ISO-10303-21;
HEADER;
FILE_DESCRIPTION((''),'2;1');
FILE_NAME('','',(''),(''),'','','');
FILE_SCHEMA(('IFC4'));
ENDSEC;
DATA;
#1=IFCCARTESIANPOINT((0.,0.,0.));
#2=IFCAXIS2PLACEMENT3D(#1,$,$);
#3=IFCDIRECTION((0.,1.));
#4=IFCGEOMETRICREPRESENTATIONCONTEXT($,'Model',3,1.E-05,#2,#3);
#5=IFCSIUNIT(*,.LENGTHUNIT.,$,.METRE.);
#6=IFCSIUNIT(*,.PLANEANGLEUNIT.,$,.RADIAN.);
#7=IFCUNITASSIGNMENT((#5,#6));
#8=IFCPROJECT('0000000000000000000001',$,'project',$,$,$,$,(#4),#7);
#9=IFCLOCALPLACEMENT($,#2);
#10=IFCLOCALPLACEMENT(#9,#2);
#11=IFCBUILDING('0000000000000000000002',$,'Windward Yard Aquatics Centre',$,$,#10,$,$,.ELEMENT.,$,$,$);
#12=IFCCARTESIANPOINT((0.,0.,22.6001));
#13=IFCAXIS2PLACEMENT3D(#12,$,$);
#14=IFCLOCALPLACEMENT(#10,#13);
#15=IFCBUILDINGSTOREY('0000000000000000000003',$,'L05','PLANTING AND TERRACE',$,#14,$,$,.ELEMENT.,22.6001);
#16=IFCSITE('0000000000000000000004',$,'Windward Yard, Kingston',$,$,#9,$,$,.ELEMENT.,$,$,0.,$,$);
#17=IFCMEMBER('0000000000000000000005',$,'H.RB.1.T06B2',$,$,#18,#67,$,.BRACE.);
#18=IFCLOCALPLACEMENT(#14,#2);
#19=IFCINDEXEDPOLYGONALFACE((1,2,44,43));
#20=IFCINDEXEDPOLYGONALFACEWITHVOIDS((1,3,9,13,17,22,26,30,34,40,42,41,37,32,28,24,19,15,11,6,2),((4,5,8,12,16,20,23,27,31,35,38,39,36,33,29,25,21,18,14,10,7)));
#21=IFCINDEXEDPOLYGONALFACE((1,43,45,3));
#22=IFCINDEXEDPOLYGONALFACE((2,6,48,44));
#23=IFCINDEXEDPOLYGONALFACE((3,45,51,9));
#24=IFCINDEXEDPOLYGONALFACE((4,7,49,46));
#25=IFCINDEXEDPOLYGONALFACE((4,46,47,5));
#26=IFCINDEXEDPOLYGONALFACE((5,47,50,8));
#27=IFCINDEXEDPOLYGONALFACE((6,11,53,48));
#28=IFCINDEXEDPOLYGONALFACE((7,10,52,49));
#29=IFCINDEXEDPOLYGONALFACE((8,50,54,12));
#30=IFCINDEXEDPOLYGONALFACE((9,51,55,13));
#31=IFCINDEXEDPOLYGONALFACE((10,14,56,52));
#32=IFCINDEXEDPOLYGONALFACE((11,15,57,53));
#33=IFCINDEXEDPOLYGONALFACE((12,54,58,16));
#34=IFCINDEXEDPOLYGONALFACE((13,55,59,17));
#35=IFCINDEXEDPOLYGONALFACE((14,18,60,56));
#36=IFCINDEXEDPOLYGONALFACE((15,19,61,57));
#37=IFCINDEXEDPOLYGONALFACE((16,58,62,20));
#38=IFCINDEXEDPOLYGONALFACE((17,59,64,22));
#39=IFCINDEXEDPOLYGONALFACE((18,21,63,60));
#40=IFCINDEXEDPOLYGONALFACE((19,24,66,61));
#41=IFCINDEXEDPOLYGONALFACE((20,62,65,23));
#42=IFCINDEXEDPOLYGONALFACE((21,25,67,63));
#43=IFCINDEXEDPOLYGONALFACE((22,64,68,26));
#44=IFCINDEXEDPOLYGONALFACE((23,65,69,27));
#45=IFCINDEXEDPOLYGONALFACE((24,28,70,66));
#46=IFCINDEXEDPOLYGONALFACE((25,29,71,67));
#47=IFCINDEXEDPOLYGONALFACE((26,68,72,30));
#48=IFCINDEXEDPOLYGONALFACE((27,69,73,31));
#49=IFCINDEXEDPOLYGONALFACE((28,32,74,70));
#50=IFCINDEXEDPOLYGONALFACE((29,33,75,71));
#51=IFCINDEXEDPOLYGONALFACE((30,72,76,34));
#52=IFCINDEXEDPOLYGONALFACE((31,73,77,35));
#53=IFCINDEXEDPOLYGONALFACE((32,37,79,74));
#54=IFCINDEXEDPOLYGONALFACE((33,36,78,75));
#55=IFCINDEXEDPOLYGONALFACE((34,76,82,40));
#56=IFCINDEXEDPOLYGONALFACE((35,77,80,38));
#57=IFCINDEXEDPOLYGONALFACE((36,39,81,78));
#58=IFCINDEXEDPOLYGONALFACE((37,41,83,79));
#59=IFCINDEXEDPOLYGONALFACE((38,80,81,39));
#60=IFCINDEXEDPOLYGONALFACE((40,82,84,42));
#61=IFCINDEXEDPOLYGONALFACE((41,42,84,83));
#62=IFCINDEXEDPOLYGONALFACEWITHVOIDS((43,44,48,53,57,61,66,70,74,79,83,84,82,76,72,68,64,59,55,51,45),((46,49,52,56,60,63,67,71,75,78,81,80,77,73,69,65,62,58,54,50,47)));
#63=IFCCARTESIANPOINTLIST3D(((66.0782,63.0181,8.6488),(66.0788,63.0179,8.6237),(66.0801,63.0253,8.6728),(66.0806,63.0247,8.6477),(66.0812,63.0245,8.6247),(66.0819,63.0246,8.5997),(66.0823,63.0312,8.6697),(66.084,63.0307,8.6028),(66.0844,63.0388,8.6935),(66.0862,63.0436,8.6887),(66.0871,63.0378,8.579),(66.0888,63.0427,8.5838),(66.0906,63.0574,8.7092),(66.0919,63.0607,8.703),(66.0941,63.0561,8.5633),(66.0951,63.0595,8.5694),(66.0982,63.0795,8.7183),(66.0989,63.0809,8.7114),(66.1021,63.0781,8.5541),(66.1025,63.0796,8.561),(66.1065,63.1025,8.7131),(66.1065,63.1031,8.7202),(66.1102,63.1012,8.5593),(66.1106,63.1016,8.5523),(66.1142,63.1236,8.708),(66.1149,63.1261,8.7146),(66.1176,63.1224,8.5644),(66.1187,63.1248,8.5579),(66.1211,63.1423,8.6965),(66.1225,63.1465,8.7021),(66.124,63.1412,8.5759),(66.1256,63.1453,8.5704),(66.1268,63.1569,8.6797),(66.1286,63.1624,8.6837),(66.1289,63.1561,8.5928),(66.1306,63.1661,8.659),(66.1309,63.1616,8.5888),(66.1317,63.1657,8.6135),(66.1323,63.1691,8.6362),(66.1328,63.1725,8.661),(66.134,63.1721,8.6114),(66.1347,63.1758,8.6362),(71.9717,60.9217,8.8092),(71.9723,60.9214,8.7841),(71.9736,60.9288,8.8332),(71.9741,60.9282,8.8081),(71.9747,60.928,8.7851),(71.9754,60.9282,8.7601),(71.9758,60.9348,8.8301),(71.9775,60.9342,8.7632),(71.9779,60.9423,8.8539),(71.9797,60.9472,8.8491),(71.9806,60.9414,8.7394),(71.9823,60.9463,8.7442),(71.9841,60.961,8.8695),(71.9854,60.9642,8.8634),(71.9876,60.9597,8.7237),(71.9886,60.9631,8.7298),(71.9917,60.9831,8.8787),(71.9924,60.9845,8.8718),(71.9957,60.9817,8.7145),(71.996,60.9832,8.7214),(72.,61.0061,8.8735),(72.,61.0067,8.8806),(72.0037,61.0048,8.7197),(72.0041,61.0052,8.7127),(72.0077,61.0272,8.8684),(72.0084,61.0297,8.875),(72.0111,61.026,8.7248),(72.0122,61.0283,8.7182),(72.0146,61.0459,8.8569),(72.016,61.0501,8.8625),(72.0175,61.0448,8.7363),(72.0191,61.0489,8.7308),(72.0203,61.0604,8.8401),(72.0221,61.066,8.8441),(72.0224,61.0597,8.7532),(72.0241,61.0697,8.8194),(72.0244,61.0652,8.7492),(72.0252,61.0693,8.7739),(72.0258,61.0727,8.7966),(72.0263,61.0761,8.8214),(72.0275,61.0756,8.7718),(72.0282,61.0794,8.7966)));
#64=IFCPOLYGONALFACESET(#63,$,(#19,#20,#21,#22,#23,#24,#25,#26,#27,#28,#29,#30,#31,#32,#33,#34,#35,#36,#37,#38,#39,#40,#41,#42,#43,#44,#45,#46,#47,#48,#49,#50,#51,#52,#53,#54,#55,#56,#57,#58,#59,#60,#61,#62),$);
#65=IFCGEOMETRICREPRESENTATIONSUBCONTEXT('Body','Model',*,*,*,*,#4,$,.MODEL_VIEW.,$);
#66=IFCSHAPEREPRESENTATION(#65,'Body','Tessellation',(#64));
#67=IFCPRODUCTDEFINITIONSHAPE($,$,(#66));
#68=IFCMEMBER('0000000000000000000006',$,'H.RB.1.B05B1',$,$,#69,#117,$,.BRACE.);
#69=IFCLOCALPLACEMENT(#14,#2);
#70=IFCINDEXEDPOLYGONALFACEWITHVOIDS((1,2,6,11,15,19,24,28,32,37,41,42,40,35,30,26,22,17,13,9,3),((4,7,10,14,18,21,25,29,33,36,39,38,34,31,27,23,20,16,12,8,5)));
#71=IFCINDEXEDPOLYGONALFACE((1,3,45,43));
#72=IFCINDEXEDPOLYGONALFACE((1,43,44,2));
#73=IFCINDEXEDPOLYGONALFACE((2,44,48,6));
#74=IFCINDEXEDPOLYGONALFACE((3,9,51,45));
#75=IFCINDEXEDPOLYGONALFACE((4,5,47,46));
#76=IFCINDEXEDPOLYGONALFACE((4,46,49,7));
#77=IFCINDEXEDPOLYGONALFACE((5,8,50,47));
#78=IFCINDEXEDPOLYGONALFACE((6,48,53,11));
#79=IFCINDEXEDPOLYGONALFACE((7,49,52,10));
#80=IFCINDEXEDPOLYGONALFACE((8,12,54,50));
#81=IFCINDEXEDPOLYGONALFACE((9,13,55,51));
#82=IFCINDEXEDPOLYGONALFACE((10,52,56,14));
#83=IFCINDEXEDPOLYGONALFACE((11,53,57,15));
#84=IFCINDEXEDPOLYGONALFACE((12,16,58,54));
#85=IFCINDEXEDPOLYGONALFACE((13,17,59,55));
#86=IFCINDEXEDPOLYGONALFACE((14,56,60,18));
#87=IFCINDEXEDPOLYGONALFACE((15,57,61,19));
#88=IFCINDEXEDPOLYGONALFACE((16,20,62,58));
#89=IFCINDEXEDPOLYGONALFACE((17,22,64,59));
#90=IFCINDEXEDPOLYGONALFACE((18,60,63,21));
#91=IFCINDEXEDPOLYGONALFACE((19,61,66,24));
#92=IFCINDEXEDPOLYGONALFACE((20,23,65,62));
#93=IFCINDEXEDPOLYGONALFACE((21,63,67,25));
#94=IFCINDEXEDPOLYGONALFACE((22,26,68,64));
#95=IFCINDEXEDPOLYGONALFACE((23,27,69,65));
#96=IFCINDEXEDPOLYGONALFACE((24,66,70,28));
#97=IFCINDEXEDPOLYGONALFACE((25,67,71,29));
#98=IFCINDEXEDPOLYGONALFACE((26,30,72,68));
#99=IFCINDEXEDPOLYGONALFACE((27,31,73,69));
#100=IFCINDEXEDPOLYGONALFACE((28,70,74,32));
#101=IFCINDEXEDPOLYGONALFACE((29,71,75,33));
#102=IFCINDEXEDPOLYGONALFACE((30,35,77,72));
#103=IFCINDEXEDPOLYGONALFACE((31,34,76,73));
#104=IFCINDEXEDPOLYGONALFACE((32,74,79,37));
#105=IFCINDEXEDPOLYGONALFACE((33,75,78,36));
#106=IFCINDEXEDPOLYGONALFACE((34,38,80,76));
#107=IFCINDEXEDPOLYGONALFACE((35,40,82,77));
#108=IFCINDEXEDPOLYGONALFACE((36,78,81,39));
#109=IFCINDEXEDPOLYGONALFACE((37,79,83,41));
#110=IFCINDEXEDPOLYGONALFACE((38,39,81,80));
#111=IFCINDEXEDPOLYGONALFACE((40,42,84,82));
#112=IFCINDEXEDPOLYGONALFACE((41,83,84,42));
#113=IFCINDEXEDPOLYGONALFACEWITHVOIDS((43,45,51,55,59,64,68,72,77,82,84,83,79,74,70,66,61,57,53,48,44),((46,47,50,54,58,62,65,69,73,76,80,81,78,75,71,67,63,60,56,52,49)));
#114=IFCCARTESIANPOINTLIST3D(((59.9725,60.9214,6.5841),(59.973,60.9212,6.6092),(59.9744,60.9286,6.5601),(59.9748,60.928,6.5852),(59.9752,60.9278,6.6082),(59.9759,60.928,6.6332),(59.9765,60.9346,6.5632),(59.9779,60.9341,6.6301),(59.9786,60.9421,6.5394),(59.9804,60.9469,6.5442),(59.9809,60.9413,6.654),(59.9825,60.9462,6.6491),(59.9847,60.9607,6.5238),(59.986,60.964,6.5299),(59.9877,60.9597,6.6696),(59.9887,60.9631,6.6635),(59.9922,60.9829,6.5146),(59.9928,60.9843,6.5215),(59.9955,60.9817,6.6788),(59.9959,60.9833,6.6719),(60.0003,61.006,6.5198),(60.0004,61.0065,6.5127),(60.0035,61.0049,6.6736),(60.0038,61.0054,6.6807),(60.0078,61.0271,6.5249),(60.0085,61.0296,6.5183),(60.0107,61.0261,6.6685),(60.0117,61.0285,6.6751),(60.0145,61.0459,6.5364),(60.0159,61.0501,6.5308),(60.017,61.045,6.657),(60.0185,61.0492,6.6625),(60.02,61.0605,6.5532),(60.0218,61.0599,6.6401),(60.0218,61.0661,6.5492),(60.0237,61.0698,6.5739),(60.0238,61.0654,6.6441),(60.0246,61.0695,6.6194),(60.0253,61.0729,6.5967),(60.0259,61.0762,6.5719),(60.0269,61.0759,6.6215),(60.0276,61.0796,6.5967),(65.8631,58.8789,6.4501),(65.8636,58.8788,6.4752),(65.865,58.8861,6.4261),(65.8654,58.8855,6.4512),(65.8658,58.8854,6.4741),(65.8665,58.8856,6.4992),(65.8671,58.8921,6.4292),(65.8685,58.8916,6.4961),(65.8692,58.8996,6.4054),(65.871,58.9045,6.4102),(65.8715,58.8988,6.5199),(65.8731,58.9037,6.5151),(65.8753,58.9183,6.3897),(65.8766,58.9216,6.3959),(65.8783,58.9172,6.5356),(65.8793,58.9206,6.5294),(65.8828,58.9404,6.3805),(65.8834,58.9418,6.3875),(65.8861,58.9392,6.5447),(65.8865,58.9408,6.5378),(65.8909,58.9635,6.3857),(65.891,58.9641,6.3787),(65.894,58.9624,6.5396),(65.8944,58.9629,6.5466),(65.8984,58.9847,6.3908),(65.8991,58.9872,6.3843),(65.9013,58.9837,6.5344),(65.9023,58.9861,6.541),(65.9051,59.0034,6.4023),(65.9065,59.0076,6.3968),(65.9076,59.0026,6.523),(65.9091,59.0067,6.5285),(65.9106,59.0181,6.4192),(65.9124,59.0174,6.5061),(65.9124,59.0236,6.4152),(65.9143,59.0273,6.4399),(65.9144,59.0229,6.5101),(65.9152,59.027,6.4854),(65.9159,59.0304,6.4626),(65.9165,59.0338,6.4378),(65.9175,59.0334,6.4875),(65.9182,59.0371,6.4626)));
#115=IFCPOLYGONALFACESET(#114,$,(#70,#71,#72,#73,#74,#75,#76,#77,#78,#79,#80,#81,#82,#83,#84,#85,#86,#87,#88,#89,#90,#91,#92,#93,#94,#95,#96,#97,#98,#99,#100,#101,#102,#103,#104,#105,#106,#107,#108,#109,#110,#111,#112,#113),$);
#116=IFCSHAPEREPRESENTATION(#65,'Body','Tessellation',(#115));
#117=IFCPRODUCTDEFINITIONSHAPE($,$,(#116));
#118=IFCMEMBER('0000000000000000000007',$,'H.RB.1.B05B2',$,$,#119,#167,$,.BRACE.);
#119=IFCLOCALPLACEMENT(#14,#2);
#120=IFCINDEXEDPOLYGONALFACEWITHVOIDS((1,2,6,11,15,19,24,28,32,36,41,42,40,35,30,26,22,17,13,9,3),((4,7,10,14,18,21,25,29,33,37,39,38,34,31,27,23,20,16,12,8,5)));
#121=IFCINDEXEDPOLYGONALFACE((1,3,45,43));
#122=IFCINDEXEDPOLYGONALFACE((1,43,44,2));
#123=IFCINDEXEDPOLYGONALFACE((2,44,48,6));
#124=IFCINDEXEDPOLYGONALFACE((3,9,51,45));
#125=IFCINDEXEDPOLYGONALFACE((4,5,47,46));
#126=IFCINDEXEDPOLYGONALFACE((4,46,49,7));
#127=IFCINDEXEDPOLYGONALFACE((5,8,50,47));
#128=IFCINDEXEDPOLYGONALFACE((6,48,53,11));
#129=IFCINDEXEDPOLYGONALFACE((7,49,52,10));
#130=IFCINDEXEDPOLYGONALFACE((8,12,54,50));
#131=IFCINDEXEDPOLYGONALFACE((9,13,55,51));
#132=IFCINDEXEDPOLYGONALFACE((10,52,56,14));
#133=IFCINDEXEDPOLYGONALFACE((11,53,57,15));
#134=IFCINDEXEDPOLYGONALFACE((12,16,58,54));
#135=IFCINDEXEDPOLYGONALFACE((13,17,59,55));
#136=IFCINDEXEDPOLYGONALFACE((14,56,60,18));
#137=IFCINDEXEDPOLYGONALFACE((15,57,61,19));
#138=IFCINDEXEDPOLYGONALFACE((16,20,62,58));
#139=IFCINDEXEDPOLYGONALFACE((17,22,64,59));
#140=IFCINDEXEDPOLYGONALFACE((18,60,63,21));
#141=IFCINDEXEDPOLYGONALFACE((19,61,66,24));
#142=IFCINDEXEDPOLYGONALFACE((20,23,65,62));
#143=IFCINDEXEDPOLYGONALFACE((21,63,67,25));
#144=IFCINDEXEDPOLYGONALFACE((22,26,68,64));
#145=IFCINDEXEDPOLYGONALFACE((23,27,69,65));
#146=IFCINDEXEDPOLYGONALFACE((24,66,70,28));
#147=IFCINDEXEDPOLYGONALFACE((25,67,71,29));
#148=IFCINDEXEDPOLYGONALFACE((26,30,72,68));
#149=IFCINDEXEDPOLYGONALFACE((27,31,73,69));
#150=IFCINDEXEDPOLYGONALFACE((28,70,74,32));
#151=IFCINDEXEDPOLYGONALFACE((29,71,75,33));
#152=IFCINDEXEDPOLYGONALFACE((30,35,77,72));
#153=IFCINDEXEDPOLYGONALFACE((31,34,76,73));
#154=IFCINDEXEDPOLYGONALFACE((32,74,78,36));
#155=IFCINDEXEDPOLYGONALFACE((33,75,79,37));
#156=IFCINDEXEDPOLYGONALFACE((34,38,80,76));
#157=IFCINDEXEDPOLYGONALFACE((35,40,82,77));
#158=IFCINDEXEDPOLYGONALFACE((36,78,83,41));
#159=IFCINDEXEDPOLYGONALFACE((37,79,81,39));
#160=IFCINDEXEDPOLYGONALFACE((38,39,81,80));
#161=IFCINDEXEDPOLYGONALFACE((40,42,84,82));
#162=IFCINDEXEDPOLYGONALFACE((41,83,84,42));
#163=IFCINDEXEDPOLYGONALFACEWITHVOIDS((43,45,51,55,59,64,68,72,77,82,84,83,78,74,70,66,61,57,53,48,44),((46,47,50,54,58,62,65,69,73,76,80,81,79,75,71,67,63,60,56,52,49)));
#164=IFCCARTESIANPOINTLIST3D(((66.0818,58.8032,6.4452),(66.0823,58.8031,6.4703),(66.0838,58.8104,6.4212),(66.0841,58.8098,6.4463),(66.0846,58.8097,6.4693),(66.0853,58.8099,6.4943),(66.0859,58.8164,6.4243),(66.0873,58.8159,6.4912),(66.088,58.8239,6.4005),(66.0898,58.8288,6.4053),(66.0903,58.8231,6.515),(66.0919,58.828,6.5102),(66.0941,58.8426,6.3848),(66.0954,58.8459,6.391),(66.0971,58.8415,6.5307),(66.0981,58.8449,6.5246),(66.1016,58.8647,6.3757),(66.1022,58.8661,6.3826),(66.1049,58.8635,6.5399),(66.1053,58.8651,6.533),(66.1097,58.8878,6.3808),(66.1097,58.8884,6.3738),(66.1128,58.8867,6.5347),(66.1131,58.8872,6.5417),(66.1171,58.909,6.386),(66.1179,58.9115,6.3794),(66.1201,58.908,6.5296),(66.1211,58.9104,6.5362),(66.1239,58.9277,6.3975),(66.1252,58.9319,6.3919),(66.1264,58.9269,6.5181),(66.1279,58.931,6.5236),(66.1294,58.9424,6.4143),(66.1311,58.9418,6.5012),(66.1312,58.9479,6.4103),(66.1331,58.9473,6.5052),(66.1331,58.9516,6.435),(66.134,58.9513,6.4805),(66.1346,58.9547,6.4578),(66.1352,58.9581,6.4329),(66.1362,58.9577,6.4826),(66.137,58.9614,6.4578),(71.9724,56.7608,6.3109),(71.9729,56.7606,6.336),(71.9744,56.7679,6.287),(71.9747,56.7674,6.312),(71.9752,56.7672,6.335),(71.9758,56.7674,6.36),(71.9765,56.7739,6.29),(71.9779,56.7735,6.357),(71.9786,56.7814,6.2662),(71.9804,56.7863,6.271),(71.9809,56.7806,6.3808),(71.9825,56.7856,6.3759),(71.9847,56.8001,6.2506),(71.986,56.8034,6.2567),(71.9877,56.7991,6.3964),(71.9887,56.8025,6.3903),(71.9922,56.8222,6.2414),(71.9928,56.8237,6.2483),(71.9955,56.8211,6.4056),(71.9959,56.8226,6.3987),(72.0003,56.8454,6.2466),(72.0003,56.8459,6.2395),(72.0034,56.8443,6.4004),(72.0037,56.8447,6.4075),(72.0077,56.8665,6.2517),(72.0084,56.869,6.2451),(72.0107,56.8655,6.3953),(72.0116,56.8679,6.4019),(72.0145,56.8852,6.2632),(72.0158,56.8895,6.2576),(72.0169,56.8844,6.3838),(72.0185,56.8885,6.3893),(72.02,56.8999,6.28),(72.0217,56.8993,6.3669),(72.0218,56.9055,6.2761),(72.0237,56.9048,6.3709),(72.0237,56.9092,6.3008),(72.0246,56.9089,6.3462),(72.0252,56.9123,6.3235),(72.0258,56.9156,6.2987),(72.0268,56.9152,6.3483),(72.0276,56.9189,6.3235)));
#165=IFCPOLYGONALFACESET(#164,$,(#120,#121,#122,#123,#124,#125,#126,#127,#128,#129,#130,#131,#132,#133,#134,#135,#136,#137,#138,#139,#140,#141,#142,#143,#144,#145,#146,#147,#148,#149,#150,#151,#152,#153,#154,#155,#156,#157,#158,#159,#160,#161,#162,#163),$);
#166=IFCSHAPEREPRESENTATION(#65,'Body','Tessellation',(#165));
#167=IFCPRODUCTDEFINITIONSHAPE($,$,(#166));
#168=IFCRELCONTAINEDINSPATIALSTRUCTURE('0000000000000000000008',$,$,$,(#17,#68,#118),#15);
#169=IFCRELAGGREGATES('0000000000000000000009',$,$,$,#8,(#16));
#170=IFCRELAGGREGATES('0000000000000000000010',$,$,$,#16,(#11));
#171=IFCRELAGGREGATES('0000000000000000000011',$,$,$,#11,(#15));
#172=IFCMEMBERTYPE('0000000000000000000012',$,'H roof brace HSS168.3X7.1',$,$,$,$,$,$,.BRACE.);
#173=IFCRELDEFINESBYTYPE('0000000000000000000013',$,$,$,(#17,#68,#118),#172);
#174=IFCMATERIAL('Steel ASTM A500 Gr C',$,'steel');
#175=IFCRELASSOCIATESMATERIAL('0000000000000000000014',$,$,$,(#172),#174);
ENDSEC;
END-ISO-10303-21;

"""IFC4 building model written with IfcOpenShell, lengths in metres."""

from ifc_helpers import new_model, si_unit, direction, frame, origin, origin_2d, place, context, subcontext, project, spatial, hollow_circle, extrude, material, material_profile, profile_set, type_object, element, save


model = new_model("IFC4")

# Units and contexts
model_context = context("Model", 3, precision=1e-05, world=origin(), true_north=direction((0.0, 1.0)))
body_context = subcontext(model_context, "Body", "Model", "MODEL_VIEW")
ifc_project = project(units=[si_unit("LENGTHUNIT", "METRE"), si_unit("PLANEANGLEUNIT", "RADIAN")], contexts=[model_context])

# Site, building, storey
site_placement = place(None, origin())
site = spatial("IfcSite", under=ifc_project, at=site_placement, Name="Windward Yard, Kingston", CompositionType="ELEMENT", RefElevation=0.0)
building_placement = place(site_placement, origin())
building = spatial("IfcBuilding", under=site, at=building_placement, Name="Windward Yard Aquatics Centre", CompositionType="ELEMENT")
storey_placement = place(building_placement, frame((0.0, 0.0, 22.6001)))
storey = spatial("IfcBuildingStorey", under=building, at=storey_placement, Name="L05", Description="PLANTING AND TERRACE", CompositionType="ELEMENT", Elevation=22.6001)

# Members
ifc_material_1 = material(Name="Steel ASTM A500 Gr C", Category="steel")
ifc_material_profile_1 = material_profile(ifc_material_1, hollow_circle(Radius=0.0842, WallThickness=0.0071, at=origin_2d()), Name="HSS168.3X7.1")
ifc_profile_set_1 = profile_set([ifc_material_profile_1], Name="Steel ASTM A500 Gr C")
member_type_1 = type_object("IfcMemberType", Name="H roof brace HSS168.3X7.1", PredefinedType="BRACE", material=ifc_profile_set_1)
member_1_placement = place(storey_placement, frame((66.1064, 63.0964, 8.6362), z_axis=(0.941857, -0.335034, 0.025634), x_axis=(0.335144, 0.942167, 0.0)))
element("IfcMember", 1, at=member_1_placement, inside=storey, type_object=member_type_1, Name="H.RB.1.T06B2", PredefinedType="BRACE", context=body_context, shape_type="SweptSolid", body=[
    extrude(hollow_circle(Radius=0.0842, WallThickness=0.0071, at=origin_2d()), origin(), (0.0, 0.0, 1.0), 6.2573),
])
for number, where, z_axis, x_axis, name in (
    (2, (60.0, 61.0, 6.5967), (0.944598, -0.327524, -0.021493), (0.3276, 0.944816, 0.0), "H.RB.1.B05B1"),
    (3, (66.1094, 58.8818, 6.4578), (0.944597, -0.327524, -0.021532), (0.3276, 0.944816, 0.0), "H.RB.1.B05B2"),
):
    element("IfcMember", number, at=place(storey_placement, frame(where, z_axis=z_axis, x_axis=x_axis)), inside=storey, type_object=member_type_1, Name=name, PredefinedType="BRACE", context=body_context, shape_type="SweptSolid", body=[
        extrude(hollow_circle(Radius=0.0842, WallThickness=0.0071, at=origin_2d()), origin(), (0.0, 0.0, 1.0), 6.2361),
    ])

save(model, "model.ifc")
